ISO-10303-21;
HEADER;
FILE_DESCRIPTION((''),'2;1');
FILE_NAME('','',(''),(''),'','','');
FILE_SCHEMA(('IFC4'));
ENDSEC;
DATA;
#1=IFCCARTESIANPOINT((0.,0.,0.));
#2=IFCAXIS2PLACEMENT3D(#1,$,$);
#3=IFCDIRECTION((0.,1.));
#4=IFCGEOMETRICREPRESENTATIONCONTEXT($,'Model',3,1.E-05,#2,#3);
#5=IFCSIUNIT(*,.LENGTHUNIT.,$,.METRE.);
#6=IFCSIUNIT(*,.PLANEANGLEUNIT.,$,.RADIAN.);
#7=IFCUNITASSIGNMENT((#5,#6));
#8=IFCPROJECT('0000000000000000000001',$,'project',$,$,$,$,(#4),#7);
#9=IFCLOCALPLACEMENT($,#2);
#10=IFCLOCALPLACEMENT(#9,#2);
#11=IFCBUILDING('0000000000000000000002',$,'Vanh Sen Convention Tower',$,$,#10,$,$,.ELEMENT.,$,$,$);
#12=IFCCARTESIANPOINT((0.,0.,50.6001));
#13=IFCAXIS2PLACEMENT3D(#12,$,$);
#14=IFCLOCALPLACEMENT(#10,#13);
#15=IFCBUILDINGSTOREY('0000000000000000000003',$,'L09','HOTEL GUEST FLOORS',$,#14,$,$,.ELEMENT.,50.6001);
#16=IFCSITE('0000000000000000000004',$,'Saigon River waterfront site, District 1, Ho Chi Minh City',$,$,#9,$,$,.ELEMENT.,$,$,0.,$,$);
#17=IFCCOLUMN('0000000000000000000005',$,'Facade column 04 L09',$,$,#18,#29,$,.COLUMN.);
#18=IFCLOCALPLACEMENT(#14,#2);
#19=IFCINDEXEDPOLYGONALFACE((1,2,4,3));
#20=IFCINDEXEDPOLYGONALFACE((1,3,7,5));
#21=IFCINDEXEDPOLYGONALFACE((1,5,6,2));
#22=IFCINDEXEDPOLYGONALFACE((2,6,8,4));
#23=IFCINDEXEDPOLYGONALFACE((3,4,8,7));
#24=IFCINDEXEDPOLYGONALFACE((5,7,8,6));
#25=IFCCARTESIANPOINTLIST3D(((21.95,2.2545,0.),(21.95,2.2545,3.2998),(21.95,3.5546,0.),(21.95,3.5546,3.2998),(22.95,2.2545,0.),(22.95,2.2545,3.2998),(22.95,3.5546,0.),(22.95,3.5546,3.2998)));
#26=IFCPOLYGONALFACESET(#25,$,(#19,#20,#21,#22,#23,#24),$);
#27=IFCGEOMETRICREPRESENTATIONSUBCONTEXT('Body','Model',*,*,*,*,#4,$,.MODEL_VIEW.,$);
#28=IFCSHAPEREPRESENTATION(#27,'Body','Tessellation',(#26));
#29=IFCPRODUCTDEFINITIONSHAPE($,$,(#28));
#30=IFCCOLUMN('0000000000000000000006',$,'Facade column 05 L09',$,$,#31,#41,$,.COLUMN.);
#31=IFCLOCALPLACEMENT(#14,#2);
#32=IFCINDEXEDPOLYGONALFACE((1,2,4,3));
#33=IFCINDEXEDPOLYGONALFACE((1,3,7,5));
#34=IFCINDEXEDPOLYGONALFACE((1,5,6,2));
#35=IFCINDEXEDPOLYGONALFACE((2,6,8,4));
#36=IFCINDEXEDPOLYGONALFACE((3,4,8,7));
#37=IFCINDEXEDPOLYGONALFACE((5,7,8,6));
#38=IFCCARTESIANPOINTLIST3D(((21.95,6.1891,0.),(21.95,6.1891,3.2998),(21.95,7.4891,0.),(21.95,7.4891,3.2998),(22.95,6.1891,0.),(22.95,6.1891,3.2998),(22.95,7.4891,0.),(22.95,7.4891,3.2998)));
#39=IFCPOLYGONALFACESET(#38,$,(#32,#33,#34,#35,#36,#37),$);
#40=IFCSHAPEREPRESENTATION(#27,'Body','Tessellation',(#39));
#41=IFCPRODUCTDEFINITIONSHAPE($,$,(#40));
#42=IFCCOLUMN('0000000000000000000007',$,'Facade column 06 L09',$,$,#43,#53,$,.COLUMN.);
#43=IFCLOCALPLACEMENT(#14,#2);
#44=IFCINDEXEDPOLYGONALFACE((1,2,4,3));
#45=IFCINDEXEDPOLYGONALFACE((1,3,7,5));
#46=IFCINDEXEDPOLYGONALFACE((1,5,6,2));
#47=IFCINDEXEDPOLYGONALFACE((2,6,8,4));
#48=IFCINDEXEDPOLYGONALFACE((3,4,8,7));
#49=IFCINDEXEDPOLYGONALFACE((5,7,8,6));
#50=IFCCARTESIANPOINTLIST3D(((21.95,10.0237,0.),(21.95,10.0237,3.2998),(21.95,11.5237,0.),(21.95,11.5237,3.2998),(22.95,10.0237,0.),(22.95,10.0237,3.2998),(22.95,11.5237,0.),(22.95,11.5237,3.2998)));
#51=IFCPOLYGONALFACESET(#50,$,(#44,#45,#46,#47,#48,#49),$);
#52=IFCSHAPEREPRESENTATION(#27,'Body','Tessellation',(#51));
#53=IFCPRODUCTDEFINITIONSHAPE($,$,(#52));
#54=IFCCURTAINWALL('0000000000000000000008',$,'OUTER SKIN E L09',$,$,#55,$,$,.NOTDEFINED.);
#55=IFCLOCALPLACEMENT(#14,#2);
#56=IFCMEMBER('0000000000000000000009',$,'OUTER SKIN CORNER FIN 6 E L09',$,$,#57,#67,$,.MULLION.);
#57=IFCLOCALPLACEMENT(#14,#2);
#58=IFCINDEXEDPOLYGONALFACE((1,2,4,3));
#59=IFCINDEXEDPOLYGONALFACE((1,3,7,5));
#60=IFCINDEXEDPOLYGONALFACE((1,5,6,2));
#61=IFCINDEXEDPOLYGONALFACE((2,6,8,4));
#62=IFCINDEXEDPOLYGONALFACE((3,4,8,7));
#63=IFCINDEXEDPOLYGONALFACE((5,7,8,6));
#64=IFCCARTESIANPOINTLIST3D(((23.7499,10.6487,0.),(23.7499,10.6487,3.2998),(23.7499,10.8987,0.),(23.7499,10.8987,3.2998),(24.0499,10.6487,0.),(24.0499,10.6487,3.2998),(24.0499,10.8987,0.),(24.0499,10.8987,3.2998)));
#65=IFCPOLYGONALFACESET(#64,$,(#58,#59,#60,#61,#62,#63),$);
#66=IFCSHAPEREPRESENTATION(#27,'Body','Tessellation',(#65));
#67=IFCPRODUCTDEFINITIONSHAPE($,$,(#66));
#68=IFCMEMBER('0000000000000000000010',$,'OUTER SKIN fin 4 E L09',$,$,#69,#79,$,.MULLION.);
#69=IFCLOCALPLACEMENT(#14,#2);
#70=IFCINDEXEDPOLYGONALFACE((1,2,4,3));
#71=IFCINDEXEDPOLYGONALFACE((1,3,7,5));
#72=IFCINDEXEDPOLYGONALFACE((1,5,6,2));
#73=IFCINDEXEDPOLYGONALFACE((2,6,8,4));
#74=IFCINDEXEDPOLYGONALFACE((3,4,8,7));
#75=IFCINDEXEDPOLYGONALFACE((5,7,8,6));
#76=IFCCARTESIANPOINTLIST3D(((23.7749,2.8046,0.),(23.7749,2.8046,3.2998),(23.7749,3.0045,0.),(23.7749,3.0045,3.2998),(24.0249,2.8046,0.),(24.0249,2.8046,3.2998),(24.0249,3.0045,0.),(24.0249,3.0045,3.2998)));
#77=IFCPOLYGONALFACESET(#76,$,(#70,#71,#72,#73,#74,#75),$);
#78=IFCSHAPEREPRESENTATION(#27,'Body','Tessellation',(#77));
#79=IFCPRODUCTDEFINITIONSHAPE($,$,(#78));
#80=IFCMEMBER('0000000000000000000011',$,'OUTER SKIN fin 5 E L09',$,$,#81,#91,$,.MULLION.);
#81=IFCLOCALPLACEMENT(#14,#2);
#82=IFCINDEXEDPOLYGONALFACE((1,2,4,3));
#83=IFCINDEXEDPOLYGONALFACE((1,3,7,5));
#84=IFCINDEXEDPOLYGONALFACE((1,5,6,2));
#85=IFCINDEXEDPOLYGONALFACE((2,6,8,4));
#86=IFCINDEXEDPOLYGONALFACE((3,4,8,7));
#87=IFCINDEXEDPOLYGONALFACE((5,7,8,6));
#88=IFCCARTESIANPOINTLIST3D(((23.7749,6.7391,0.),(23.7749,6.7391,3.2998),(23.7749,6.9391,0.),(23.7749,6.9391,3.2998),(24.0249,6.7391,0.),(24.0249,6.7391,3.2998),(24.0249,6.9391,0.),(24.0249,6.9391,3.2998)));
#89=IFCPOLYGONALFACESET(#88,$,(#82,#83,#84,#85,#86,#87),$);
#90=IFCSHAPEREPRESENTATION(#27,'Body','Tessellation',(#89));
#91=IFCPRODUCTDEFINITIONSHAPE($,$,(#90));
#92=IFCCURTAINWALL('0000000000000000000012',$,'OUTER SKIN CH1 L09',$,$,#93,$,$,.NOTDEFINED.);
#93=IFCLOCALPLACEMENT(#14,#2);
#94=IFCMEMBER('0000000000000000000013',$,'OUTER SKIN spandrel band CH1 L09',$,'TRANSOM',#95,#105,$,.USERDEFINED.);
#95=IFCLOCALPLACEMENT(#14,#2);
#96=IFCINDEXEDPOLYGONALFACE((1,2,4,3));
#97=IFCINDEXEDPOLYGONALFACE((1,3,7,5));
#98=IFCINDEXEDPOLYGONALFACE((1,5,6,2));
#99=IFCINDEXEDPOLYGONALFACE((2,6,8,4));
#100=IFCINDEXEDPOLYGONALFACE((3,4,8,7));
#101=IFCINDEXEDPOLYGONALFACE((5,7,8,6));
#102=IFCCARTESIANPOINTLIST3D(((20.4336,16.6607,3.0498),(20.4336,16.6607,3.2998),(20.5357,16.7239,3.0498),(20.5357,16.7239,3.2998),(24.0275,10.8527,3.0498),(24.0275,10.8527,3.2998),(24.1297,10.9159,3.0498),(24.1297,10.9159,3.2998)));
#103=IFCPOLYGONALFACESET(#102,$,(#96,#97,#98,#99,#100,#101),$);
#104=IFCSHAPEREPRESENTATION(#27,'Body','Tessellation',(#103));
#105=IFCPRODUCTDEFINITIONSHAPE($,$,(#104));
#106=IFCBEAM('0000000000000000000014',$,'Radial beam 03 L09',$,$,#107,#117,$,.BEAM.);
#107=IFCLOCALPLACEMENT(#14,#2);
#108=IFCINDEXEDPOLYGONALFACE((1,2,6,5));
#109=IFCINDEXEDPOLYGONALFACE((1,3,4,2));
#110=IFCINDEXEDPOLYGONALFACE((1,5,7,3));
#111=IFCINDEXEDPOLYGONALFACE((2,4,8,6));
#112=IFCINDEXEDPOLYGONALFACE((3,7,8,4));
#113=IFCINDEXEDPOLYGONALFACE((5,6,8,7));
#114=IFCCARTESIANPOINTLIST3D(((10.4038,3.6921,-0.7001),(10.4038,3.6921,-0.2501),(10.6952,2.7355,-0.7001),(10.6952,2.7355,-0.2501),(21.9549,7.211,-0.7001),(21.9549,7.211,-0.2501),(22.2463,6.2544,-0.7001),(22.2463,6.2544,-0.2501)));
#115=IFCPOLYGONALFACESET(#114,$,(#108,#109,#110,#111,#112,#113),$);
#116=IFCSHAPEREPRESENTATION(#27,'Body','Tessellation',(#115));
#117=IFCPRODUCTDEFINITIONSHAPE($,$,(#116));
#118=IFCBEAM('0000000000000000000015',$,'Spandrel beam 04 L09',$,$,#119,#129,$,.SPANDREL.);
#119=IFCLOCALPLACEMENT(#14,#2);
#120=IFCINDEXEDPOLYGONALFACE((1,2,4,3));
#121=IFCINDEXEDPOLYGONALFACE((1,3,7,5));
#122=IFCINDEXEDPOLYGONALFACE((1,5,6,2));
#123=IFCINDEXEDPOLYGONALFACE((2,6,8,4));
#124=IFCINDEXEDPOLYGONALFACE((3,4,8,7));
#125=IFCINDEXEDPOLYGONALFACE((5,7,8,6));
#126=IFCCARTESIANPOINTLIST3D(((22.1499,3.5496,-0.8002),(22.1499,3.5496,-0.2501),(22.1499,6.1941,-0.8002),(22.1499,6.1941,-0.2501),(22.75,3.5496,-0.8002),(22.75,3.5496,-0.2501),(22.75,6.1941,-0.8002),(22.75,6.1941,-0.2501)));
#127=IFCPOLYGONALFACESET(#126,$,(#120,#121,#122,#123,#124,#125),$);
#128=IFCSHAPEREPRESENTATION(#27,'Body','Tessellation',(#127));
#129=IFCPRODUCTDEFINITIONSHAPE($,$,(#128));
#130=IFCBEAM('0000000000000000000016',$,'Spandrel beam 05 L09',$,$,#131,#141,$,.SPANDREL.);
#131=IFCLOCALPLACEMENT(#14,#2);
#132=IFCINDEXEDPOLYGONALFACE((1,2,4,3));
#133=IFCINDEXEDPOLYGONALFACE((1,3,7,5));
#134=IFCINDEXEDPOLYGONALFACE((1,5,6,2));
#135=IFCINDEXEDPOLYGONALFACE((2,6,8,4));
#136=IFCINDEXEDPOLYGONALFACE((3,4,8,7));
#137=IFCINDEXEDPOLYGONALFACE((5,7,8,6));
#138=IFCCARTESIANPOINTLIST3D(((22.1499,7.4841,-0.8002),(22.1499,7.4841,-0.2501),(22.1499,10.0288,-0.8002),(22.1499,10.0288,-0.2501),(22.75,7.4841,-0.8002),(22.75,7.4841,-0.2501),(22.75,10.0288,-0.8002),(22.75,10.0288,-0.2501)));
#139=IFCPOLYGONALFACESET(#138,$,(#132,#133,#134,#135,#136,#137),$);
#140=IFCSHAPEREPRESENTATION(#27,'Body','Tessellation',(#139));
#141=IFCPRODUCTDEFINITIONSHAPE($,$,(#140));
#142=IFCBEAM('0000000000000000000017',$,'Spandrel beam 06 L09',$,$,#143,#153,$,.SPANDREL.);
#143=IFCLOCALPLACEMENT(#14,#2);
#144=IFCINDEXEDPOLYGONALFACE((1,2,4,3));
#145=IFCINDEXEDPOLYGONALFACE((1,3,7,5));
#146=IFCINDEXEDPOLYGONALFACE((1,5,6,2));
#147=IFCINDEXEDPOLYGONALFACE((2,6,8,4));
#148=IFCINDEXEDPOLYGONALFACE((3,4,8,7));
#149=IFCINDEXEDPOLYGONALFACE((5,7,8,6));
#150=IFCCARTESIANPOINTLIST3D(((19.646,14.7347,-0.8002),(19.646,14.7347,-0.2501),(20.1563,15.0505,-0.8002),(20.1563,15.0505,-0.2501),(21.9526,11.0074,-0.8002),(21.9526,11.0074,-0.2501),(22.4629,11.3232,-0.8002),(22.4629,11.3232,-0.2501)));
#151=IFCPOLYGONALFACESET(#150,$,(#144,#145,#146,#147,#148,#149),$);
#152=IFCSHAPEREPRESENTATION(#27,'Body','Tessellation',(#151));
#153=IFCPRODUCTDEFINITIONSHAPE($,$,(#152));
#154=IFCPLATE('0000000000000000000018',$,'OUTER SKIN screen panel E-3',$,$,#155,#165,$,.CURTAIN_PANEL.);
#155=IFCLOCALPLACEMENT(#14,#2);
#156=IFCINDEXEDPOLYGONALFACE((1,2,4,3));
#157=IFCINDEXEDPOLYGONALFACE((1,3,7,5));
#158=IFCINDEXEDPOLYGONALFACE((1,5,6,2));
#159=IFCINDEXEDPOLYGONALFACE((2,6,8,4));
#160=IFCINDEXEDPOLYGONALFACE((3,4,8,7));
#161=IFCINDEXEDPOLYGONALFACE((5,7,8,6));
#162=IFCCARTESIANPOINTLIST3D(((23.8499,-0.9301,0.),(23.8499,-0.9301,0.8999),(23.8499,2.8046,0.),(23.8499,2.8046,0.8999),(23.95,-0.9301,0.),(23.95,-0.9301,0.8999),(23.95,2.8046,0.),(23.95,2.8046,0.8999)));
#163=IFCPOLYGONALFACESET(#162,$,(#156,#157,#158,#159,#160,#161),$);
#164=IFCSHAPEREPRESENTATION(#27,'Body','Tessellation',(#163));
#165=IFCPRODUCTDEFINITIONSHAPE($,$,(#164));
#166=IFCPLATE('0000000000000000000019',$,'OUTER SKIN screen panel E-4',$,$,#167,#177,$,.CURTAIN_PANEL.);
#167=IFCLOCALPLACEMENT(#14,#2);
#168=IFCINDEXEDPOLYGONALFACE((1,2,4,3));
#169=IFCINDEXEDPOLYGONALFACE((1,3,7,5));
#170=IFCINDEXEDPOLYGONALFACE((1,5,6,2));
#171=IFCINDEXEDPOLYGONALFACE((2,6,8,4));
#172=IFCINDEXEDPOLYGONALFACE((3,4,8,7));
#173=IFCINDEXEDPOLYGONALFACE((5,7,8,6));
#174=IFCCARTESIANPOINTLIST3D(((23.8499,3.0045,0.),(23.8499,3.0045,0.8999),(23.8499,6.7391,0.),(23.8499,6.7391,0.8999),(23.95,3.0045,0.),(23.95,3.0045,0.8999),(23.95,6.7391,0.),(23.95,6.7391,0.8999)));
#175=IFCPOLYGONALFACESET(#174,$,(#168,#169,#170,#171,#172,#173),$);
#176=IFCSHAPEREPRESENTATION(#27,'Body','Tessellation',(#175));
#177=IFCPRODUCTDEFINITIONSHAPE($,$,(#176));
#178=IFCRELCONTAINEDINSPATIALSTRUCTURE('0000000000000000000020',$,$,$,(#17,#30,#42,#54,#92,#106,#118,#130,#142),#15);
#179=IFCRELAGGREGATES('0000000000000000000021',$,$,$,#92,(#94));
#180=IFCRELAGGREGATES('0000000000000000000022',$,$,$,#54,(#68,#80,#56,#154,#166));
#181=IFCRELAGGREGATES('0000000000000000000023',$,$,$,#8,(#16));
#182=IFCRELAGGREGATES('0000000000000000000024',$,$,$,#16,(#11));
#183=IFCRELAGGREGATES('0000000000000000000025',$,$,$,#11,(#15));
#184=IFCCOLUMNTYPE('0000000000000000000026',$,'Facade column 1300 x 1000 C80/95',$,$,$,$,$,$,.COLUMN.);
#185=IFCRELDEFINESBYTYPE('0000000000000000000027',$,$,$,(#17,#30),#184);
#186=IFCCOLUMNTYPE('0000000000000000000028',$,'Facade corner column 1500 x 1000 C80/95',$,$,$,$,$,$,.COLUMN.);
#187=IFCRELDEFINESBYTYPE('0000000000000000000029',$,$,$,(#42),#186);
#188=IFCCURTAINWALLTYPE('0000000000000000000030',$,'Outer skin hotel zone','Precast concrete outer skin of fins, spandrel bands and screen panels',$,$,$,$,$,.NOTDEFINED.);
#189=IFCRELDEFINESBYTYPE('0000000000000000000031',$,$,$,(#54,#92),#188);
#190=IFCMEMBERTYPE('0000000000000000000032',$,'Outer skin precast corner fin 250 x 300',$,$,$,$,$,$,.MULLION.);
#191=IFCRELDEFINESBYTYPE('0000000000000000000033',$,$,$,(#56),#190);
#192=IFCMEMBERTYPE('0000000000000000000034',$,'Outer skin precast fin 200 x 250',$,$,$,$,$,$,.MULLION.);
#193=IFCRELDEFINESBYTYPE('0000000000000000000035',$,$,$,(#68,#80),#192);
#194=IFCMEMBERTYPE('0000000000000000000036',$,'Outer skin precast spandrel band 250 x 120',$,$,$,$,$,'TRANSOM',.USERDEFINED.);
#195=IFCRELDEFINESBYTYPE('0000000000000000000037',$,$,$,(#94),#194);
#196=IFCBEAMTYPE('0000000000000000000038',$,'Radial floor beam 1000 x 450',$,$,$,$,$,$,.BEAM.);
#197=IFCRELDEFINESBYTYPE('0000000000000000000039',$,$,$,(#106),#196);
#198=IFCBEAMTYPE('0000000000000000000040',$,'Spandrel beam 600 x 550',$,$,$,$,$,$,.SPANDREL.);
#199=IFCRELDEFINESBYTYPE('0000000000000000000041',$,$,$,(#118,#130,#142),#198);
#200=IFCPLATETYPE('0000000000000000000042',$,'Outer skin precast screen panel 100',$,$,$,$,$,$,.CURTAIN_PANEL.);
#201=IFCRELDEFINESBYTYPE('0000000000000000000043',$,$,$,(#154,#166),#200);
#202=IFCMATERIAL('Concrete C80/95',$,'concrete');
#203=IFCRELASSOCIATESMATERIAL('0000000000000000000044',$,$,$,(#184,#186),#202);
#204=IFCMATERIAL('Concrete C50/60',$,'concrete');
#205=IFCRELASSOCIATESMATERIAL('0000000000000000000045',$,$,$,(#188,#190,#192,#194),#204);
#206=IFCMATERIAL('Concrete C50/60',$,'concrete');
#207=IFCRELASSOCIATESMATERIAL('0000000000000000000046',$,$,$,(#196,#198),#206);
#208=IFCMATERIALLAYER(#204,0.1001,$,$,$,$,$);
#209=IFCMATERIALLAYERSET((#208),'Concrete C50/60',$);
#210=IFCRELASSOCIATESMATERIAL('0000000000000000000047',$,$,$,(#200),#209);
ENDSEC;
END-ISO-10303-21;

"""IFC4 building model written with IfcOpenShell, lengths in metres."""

from ifc_helpers import new_model, si_unit, direction, frame, origin, origin_2d, place, context, subcontext, project, spatial, rectangle, extrude, material, layer, layer_set, material_profile, profile_set, type_object, element, aggregate, save


model = new_model("IFC4")

# Units and contexts
model_context = context("Model", 3, precision=1e-05, world=origin(), true_north=direction((0.0, 1.0)))
body_context = subcontext(model_context, "Body", "Model", "MODEL_VIEW")
ifc_project = project(units=[si_unit("LENGTHUNIT", "METRE"), si_unit("PLANEANGLEUNIT", "RADIAN")], contexts=[model_context])

# Site, building, storey
site_placement = place(None, origin())
site = spatial("IfcSite", under=ifc_project, at=site_placement, Name="Saigon River waterfront site, District 1, Ho Chi Minh City", CompositionType="ELEMENT", RefElevation=0.0)
building_placement = place(site_placement, origin())
building = spatial("IfcBuilding", under=site, at=building_placement, Name="Vanh Sen Convention Tower", CompositionType="ELEMENT")
storey_placement = place(building_placement, frame((0.0, 0.0, 50.6001)))
storey = spatial("IfcBuildingStorey", under=building, at=storey_placement, Name="L09", Description="HOTEL GUEST FLOORS", CompositionType="ELEMENT", Elevation=50.6001)

# Columns
ifc_material_1 = material(Name="Concrete C80/95", Category="concrete")
ifc_material_profile_1 = material_profile(ifc_material_1, rectangle(XDim=1.3, YDim=1.0, at=origin_2d()), Name="RC 1300X1000")
ifc_profile_set_1 = profile_set([ifc_material_profile_1], Name="Concrete C80/95")
column_type_1 = type_object("IfcColumnType", Name="Facade column 1300 x 1000 C80/95", PredefinedType="COLUMN", material=ifc_profile_set_1)
for number, where, z_axis, x_axis, name in (
    (1, (22.45, 2.9045, 0.0), (0.0, 0.0, 1.0), (0.0, 1.0, 0.0), "Facade column 04 L09"),
    (2, (22.45, 6.8391, 0.0), (0.0, 0.0, 1.0), (0.0, 1.0, 0.0), "Facade column 05 L09"),
):
    element("IfcColumn", number, at=place(storey_placement, frame(where, z_axis=z_axis, x_axis=x_axis)), inside=storey, type_object=column_type_1, Name=name, PredefinedType="COLUMN", context=body_context, shape_type="SweptSolid", body=[
        extrude(rectangle(XDim=1.3, YDim=1.0, at=origin_2d()), origin(), (0.0, 0.0, 1.0), 3.2998),
    ])
ifc_material_profile_2 = material_profile(ifc_material_1, rectangle(XDim=1.5, YDim=1.0, at=origin_2d()), Name="RC 1500X1000")
ifc_profile_set_2 = profile_set([ifc_material_profile_2], Name="Concrete C80/95")
column_type_2 = type_object("IfcColumnType", Name="Facade corner column 1500 x 1000 C80/95", PredefinedType="COLUMN", material=ifc_profile_set_2)
column_placement = place(storey_placement, frame((22.45, 10.7737, 0.0), z_axis=(0.0, 0.0, 1.0), x_axis=(0.0, 1.0, 0.0)))
element("IfcColumn", 3, at=column_placement, inside=storey, type_object=column_type_2, Name="Facade column 06 L09", PredefinedType="COLUMN", context=body_context, shape_type="SweptSolid", body=[
    extrude(rectangle(XDim=1.5, YDim=1.0, at=origin_2d()), origin(), (0.0, 0.0, 1.0), 3.2998),
])

# Curtain wall, members
ifc_material_2 = material(Name="Concrete C50/60", Category="concrete")
curtain_wall_type = type_object("IfcCurtainWallType", Name="Outer skin hotel zone", Description="Precast concrete outer skin of fins, spandrel bands and screen panels", PredefinedType="NOTDEFINED", material=ifc_material_2)
curtain_wall_1_placement = place(storey_placement, origin())
curtain_wall_1 = element("IfcCurtainWall", 4, at=curtain_wall_1_placement, inside=storey, type_object=curtain_wall_type, Name="OUTER SKIN E L09", PredefinedType="NOTDEFINED")
ifc_material_profile_3 = material_profile(ifc_material_2, rectangle(XDim=0.25, YDim=0.3, at=origin_2d()), Name="Outer skin precast corner fin 250 x 300")
ifc_profile_set_3 = profile_set([ifc_material_profile_3], Name="Concrete C50/60")
member_type_1 = type_object("IfcMemberType", Name="Outer skin precast corner fin 250 x 300", PredefinedType="MULLION", material=ifc_profile_set_3)
member_1_placement = place(storey_placement, frame((23.8999, 10.7737, 0.0), z_axis=(0.0, 0.0, 1.0), x_axis=(0.0, 1.0, 0.0)))
member_1 = element("IfcMember", 5, at=member_1_placement, type_object=member_type_1, Name="OUTER SKIN CORNER FIN 6 E L09", PredefinedType="MULLION", context=body_context, shape_type="SweptSolid", body=[
    extrude(rectangle(XDim=0.25, YDim=0.3, at=origin_2d()), origin(), (0.0, 0.0, 1.0), 3.2998),
])
ifc_material_profile_4 = material_profile(ifc_material_2, rectangle(XDim=0.2, YDim=0.25, at=origin_2d()), Name="Outer skin precast fin 200 x 250")
ifc_profile_set_4 = profile_set([ifc_material_profile_4], Name="Concrete C50/60")
member_type_2 = type_object("IfcMemberType", Name="Outer skin precast fin 200 x 250", PredefinedType="MULLION", material=ifc_profile_set_4)
member_2_placement = place(storey_placement, frame((23.8999, 2.9045, 0.0), z_axis=(0.0, 0.0, 1.0), x_axis=(0.0, 1.0, 0.0)))
member_2 = element("IfcMember", 6, at=member_2_placement, type_object=member_type_2, Name="OUTER SKIN fin 4 E L09", PredefinedType="MULLION", context=body_context, shape_type="SweptSolid", body=[
    extrude(rectangle(XDim=0.2, YDim=0.25, at=origin_2d()), origin(), (0.0, 0.0, 1.0), 3.2998),
])
member_3_placement = place(storey_placement, frame((23.8999, 6.8391, 0.0), z_axis=(0.0, 0.0, 1.0), x_axis=(0.0, 1.0, 0.0)))
member_3 = element("IfcMember", 7, at=member_3_placement, type_object=member_type_2, Name="OUTER SKIN fin 5 E L09", PredefinedType="MULLION", context=body_context, shape_type="SweptSolid", body=[
    extrude(rectangle(XDim=0.2, YDim=0.25, at=origin_2d()), origin(), (0.0, 0.0, 1.0), 3.2998),
])

# Curtain wall, member
curtain_wall_2_placement = place(storey_placement, origin())
curtain_wall_2 = element("IfcCurtainWall", 8, at=curtain_wall_2_placement, inside=storey, type_object=curtain_wall_type, Name="OUTER SKIN CH1 L09", PredefinedType="NOTDEFINED")
ifc_material_profile_5 = material_profile(ifc_material_2, rectangle(XDim=0.1201, YDim=0.25, at=origin_2d()), Name="Outer skin precast spandrel band 250 x 120")
ifc_profile_set_5 = profile_set([ifc_material_profile_5], Name="Concrete C50/60")
member_type_3 = type_object("IfcMemberType", Name="Outer skin precast spandrel band 250 x 120", ElementType="TRANSOM", PredefinedType="USERDEFINED", material=ifc_profile_set_5)
member_4_placement = place(storey_placement, frame((24.0786, 10.8843, 3.1748), z_axis=(-0.526196, 0.850363, 0.0), x_axis=(-0.850363, -0.526196, 0.0)))
member_4 = element("IfcMember", 9, at=member_4_placement, type_object=member_type_3, Name="OUTER SKIN spandrel band CH1 L09", ObjectType="TRANSOM", PredefinedType="USERDEFINED", context=body_context, shape_type="SweptSolid", body=[
    extrude(rectangle(XDim=0.1201, YDim=0.25, at=origin_2d()), origin(), (0.0, 0.0, 1.0), 6.8301),
])
aggregate(curtain_wall_2, [member_4])

# Beams
ifc_material_3 = material(Name="Concrete C50/60", Category="concrete")
ifc_material_profile_6 = material_profile(ifc_material_3, rectangle(XDim=1.0, YDim=0.45, at=origin_2d()), Name="RC 1000X450")
ifc_profile_set_6 = profile_set([ifc_material_profile_6], Name="Concrete C50/60")
beam_type_1 = type_object("IfcBeamType", Name="Radial floor beam 1000 x 450", PredefinedType="BEAM", material=ifc_profile_set_6)
beam_1_placement = place(storey_placement, frame((22.1006, 6.7327, -0.4751), z_axis=(-0.956598, -0.291409, 0.0), x_axis=(0.291409, -0.956598, 0.0)))
element("IfcBeam", 10, at=beam_1_placement, inside=storey, type_object=beam_type_1, Name="Radial beam 03 L09", PredefinedType="BEAM", context=body_context, shape_type="SweptSolid", body=[
    extrude(rectangle(XDim=1.0, YDim=0.45, at=origin_2d()), origin(), (0.0, 0.0, 1.0), 12.0752),
])
ifc_material_profile_7 = material_profile(ifc_material_3, rectangle(XDim=0.6001, YDim=0.55, at=origin_2d()), Name="RC 600X550")
ifc_profile_set_7 = profile_set([ifc_material_profile_7], Name="Concrete C50/60")
beam_type_2 = type_object("IfcBeamType", Name="Spandrel beam 600 x 550", PredefinedType="SPANDREL", material=ifc_profile_set_7)
beam_2_placement = place(storey_placement, frame((22.45, 3.5496, -0.5251), z_axis=(0.0, 1.0, 0.0), x_axis=(-1.0, 0.0, 0.0)))
element("IfcBeam", 11, at=beam_2_placement, inside=storey, type_object=beam_type_2, Name="Spandrel beam 04 L09", PredefinedType="SPANDREL", context=body_context, shape_type="SweptSolid", body=[
    extrude(rectangle(XDim=0.6001, YDim=0.55, at=origin_2d()), origin(), (0.0, 0.0, 1.0), 2.6445),
])
beam_3_placement = place(storey_placement, frame((22.45, 7.4841, -0.5251), z_axis=(0.0, 1.0, 0.0), x_axis=(-1.0, 0.0, 0.0)))
element("IfcBeam", 12, at=beam_3_placement, inside=storey, type_object=beam_type_2, Name="Spandrel beam 05 L09", PredefinedType="SPANDREL", context=body_context, shape_type="SweptSolid", body=[
    extrude(rectangle(XDim=0.6001, YDim=0.55, at=origin_2d()), origin(), (0.0, 0.0, 1.0), 2.5447),
])
beam_4_placement = place(storey_placement, frame((22.2078, 11.1653, -0.5251), z_axis=(-0.526234, 0.85034, 0.0), x_axis=(-0.85034, -0.526234, 0.0)))
element("IfcBeam", 13, at=beam_4_placement, inside=storey, type_object=beam_type_2, Name="Spandrel beam 06 L09", PredefinedType="SPANDREL", context=body_context, shape_type="SweptSolid", body=[
    extrude(rectangle(XDim=0.6001, YDim=0.55, at=origin_2d()), origin(), (0.0, 0.0, 1.0), 4.3833),
])

# Plates
ifc_layer_1 = layer(ifc_material_2, 0.1001)
ifc_layer_set_1 = layer_set([ifc_layer_1], Name="Concrete C50/60")
plate_type = type_object("IfcPlateType", Name="Outer skin precast screen panel 100", PredefinedType="CURTAIN_PANEL", material=ifc_layer_set_1)
plate_1_placement = place(storey_placement, frame((23.8999, 0.9373, 0.0), z_axis=(0.0, 0.0, 1.0), x_axis=(0.0, 1.0, 0.0)))
plate_1 = element("IfcPlate", 14, at=plate_1_placement, type_object=plate_type, Name="OUTER SKIN screen panel E-3", PredefinedType="CURTAIN_PANEL", context=body_context, shape_type="SweptSolid", body=[
    extrude(rectangle(XDim=3.7346, YDim=0.1001, at=origin_2d()), origin(), (0.0, 0.0, 1.0), 0.8999),
])
plate_2_placement = place(storey_placement, frame((23.8999, 4.8718, 0.0), z_axis=(0.0, 0.0, 1.0), x_axis=(0.0, 1.0, 0.0)))
plate_2 = element("IfcPlate", 15, at=plate_2_placement, type_object=plate_type, Name="OUTER SKIN screen panel E-4", PredefinedType="CURTAIN_PANEL", context=body_context, shape_type="SweptSolid", body=[
    extrude(rectangle(XDim=3.7346, YDim=0.1001, at=origin_2d()), origin(), (0.0, 0.0, 1.0), 0.8999),
])
aggregate(curtain_wall_1, [member_2, member_3, member_1, plate_1, plate_2])

save(model, "model.ifc")
